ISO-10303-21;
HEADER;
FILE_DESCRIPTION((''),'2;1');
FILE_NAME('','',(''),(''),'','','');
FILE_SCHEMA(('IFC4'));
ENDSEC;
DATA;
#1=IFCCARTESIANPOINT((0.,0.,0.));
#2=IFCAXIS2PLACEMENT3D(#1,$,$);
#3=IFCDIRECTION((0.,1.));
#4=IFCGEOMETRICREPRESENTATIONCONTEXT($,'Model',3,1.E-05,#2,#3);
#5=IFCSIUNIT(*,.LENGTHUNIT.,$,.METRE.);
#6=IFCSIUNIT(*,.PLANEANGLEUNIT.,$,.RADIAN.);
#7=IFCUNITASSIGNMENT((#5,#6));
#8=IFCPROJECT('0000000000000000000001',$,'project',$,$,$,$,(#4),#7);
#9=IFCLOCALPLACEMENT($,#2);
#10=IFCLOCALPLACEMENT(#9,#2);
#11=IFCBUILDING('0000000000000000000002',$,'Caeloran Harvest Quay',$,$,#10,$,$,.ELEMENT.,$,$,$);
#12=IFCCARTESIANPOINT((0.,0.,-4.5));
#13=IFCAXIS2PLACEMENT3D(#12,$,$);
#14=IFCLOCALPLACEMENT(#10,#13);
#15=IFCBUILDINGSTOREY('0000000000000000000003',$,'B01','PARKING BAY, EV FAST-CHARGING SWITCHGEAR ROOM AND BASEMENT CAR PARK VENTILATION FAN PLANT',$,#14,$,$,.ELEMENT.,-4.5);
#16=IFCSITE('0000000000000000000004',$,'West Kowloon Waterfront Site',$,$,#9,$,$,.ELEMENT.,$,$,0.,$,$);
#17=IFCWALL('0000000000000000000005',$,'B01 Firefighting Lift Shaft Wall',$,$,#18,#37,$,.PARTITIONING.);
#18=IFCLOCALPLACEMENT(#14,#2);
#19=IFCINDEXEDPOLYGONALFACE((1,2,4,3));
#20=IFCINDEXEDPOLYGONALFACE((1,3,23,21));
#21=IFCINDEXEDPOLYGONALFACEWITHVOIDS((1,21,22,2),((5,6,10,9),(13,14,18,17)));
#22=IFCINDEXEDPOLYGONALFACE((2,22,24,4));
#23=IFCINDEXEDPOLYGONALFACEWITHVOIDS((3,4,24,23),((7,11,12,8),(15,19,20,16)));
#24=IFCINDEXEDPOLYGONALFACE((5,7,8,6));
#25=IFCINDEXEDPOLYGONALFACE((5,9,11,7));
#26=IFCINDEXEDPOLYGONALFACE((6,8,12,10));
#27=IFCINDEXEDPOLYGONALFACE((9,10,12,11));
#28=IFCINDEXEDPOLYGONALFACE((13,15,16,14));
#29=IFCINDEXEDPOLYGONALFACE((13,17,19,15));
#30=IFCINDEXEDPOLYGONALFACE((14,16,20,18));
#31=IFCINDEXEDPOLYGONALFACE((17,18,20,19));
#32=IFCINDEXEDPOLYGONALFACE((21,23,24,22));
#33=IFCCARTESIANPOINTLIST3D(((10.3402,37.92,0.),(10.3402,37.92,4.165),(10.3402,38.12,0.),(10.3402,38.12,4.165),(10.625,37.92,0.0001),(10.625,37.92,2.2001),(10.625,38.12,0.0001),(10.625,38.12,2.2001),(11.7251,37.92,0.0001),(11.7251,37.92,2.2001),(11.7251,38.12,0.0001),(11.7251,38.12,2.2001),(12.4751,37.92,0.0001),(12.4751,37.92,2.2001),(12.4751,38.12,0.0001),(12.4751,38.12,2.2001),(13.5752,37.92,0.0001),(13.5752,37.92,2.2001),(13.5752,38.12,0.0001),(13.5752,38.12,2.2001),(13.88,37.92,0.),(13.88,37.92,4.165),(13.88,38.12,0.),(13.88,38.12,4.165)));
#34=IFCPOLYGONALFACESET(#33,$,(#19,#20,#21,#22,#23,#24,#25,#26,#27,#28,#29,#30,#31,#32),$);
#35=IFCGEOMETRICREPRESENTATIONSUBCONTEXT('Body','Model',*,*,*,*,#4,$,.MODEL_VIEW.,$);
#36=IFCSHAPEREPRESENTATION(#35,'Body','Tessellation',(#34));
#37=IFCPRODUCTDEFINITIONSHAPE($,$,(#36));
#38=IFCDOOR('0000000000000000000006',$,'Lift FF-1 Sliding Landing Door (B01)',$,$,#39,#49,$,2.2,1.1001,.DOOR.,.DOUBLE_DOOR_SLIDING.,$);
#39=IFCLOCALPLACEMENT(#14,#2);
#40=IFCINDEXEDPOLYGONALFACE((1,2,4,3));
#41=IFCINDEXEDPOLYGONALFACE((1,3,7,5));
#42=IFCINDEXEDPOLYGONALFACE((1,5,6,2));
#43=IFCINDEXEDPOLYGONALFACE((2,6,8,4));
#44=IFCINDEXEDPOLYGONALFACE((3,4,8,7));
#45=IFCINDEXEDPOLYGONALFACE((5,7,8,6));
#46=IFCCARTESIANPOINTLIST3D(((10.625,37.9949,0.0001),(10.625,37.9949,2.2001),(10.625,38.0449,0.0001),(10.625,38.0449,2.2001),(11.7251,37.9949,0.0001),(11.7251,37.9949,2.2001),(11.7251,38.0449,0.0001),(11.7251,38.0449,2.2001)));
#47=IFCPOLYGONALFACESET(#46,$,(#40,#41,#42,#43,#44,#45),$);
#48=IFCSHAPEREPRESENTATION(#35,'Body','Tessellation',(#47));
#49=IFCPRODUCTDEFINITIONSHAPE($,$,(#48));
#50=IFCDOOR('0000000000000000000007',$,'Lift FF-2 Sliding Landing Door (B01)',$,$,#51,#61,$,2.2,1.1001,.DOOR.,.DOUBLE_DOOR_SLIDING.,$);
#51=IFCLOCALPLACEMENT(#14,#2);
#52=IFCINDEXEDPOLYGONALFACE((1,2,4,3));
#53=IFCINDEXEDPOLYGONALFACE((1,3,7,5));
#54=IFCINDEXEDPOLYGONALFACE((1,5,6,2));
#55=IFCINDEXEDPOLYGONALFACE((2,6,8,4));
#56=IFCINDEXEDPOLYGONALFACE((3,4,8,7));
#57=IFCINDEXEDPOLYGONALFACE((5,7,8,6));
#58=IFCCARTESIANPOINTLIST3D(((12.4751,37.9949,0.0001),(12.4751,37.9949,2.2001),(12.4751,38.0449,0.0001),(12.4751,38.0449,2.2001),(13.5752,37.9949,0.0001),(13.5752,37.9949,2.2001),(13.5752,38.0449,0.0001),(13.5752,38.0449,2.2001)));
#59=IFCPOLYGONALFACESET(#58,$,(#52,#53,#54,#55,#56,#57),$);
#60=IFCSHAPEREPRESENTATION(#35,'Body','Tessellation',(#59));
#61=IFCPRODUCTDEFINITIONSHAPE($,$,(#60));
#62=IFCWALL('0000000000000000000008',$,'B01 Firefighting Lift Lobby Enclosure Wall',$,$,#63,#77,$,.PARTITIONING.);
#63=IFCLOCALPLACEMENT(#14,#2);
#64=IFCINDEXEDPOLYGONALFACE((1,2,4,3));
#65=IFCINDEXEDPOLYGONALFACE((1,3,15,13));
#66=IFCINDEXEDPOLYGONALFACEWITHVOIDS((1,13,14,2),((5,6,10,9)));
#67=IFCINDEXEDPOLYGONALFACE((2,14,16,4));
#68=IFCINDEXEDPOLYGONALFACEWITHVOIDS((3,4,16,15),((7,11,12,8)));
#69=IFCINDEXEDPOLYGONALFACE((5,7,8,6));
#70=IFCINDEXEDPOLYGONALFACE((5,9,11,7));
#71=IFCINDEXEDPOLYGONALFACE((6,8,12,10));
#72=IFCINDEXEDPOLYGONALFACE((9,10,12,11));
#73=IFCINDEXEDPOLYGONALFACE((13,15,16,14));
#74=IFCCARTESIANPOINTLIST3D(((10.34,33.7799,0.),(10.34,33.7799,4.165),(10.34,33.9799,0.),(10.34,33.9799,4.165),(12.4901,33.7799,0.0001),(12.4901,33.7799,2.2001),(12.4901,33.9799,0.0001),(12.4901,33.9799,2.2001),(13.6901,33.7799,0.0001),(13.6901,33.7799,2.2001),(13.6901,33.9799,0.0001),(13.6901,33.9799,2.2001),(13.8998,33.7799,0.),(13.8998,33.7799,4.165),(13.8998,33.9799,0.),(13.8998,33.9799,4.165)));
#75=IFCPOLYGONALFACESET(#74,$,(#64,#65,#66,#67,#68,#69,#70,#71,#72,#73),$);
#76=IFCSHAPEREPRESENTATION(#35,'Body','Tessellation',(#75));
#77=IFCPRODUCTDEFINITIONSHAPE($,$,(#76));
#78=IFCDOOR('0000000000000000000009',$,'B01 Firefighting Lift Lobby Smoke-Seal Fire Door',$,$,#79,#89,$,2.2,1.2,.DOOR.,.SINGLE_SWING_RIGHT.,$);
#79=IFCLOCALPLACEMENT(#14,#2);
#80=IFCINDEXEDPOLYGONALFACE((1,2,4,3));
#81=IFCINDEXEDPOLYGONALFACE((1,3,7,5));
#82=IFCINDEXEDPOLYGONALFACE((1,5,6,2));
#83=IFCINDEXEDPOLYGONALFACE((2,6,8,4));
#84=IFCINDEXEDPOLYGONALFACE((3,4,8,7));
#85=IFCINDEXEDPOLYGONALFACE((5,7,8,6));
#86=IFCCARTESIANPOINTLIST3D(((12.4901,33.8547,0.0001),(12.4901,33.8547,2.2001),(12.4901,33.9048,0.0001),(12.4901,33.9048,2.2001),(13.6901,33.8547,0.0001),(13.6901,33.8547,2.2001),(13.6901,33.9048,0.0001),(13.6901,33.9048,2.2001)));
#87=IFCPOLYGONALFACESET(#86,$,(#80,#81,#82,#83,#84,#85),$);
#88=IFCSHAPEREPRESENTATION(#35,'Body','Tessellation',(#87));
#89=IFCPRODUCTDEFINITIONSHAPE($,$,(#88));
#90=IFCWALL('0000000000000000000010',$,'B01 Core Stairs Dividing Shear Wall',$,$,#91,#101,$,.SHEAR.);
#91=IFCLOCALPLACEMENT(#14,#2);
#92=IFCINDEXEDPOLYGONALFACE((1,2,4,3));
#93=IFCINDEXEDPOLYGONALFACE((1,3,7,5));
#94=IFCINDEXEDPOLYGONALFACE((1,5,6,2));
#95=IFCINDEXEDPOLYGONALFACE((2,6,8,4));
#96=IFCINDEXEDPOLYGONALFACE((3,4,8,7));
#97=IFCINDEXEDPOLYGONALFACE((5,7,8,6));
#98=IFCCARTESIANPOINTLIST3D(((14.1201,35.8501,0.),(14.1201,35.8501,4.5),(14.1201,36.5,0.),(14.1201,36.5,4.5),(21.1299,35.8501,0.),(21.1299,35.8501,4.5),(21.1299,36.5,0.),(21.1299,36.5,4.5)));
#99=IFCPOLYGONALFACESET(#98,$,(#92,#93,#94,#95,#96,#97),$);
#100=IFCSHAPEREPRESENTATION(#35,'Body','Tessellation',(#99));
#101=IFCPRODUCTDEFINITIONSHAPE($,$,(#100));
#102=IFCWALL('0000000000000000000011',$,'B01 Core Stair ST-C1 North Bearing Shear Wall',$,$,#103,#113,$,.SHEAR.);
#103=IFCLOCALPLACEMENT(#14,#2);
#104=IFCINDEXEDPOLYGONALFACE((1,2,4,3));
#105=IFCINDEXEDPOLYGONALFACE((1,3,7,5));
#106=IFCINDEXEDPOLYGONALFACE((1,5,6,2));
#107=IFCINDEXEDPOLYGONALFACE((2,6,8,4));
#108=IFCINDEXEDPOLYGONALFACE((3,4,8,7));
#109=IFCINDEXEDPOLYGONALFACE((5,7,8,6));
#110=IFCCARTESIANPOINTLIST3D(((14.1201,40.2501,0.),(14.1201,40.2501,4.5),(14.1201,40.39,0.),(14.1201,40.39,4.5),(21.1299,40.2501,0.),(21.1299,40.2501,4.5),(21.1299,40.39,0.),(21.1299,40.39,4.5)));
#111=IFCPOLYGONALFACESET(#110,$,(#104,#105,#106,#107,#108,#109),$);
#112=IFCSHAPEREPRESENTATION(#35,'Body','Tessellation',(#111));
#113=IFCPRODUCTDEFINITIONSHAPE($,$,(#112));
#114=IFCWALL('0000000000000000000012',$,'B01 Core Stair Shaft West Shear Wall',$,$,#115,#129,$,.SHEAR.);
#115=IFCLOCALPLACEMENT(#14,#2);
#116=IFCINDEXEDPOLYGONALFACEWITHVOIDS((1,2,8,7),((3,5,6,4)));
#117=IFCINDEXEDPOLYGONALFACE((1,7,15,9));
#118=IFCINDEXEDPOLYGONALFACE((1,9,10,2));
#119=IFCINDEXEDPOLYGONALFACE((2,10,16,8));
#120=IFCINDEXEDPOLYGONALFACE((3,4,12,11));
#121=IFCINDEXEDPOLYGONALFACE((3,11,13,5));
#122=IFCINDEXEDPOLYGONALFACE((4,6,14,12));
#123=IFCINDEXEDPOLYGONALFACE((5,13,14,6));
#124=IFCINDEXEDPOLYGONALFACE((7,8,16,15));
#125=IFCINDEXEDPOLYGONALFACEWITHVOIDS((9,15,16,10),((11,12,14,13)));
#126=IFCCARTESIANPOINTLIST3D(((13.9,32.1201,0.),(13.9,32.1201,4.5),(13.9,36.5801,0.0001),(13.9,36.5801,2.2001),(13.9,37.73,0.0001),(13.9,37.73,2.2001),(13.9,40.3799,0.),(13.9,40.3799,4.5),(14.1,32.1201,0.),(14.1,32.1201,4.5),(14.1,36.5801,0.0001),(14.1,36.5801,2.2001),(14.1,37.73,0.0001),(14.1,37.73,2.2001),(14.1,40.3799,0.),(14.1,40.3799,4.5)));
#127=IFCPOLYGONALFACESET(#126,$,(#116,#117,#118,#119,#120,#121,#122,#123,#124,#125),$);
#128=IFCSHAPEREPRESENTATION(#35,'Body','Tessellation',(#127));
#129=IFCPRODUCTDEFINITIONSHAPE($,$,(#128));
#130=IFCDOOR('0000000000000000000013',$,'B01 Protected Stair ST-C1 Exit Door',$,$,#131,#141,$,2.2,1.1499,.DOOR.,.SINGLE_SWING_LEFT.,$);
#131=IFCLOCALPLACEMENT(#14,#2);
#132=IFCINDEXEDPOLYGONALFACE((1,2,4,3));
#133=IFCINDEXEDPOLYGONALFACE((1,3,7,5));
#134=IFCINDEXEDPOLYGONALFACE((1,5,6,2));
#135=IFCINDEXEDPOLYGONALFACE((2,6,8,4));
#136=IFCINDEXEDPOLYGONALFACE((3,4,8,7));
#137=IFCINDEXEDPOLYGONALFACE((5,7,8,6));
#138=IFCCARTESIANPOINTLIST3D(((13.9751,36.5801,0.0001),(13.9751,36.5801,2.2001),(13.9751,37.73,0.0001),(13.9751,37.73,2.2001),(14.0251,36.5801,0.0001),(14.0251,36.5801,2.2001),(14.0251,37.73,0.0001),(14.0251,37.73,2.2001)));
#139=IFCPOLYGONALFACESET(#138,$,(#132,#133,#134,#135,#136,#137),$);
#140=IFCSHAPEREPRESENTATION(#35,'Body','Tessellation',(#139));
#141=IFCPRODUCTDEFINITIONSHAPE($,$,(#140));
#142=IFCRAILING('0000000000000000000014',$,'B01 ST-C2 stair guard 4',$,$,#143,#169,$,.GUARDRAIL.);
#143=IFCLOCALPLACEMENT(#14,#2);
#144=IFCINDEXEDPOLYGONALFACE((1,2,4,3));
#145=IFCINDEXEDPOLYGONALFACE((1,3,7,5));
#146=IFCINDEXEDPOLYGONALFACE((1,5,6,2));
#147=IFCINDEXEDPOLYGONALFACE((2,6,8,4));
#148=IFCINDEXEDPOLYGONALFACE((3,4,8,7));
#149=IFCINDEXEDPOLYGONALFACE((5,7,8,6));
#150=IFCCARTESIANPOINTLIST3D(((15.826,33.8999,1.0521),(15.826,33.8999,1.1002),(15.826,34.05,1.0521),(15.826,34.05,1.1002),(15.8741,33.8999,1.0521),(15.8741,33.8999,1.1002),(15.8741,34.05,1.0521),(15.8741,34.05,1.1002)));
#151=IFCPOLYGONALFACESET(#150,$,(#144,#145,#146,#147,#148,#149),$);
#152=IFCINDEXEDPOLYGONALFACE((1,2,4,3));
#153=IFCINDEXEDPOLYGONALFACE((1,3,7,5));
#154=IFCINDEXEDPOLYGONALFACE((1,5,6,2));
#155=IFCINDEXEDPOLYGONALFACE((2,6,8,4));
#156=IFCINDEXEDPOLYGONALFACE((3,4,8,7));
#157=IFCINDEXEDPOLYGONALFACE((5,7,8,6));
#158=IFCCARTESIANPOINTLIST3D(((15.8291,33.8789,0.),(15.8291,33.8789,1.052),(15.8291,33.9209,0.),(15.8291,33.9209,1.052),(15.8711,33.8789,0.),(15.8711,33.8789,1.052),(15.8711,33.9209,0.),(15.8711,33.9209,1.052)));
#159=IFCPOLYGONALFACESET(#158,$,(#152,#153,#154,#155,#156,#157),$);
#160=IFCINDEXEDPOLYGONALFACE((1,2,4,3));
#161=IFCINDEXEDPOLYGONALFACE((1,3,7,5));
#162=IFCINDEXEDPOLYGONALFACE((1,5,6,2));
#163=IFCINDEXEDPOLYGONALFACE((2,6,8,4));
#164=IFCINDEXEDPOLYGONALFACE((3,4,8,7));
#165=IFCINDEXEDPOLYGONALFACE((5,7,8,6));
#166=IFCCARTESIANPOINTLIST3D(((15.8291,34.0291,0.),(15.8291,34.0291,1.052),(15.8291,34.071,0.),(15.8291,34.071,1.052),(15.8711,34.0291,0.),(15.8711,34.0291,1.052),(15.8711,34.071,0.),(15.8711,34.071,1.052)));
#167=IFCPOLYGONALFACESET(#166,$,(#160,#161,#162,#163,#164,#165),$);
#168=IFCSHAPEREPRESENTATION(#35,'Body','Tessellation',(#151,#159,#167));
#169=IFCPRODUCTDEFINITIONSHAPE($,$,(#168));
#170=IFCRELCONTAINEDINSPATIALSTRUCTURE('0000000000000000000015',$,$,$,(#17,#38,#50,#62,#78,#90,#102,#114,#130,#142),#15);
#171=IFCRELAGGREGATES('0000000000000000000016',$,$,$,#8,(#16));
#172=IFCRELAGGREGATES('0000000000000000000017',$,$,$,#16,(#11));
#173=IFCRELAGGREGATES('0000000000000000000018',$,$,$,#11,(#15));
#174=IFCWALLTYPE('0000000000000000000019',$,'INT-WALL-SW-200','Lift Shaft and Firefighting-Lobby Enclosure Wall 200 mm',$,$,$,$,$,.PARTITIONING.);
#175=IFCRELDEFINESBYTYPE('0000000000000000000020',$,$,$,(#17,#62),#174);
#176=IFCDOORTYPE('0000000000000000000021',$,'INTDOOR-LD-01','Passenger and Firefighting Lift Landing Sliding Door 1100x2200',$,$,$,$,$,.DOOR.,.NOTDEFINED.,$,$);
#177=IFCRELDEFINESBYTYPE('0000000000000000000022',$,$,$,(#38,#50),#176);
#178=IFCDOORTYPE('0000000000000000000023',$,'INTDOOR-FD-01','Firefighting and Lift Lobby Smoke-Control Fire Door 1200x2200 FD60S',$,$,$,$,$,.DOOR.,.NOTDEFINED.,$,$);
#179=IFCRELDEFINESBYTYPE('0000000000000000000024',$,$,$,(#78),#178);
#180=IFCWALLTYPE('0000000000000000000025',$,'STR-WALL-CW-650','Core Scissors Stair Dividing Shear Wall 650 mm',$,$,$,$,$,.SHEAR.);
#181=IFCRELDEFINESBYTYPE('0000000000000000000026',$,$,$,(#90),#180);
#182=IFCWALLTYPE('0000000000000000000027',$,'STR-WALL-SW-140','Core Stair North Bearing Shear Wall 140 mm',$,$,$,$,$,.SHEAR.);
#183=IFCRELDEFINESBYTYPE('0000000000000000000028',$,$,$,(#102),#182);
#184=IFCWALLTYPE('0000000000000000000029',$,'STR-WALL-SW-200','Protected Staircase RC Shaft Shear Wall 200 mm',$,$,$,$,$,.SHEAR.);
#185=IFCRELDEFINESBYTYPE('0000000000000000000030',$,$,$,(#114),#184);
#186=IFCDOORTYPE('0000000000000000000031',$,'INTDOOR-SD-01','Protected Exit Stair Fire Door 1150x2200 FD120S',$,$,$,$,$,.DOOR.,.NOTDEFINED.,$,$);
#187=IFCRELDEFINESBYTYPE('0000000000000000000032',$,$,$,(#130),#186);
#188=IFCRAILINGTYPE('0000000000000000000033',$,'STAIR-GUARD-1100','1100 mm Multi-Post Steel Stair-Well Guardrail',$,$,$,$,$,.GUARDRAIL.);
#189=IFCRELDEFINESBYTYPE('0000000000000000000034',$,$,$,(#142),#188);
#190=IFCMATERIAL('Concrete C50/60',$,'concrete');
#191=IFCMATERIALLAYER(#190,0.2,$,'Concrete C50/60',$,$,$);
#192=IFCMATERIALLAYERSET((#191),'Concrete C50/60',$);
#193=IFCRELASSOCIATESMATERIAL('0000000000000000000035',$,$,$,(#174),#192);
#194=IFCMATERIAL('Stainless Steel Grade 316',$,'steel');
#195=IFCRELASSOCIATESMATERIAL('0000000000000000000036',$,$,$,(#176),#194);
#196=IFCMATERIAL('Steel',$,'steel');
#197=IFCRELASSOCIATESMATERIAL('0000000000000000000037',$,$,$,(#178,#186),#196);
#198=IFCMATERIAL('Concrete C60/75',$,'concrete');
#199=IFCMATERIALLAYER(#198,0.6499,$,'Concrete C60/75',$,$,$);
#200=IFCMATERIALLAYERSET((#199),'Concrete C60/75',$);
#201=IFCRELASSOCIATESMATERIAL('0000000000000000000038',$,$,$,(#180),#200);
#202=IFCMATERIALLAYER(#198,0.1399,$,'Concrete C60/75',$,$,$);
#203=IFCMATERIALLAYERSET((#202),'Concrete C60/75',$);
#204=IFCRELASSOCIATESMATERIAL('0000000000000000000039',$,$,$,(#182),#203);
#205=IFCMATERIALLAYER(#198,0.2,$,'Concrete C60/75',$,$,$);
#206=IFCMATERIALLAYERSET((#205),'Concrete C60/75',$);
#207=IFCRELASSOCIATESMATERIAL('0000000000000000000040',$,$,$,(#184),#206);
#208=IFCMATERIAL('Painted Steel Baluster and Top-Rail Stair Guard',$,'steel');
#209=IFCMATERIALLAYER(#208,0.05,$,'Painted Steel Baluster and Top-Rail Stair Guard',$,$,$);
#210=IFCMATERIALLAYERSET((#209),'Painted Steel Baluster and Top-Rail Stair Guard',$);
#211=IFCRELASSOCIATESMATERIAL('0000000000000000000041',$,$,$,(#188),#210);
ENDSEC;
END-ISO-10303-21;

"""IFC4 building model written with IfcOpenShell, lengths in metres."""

from ifc_helpers import new_model, si_unit, direction, frame, frame_2d, origin, origin_2d, place, context, subcontext, project, spatial, rectangle, extrude, material, layer, layer_set, type_object, element, fill, save


model = new_model("IFC4")

# Units and contexts
model_context = context("Model", 3, precision=1e-05, world=origin(), true_north=direction((0.0, 1.0)))
body_context = subcontext(model_context, "Body", "Model", "MODEL_VIEW")
ifc_project = project(units=[si_unit("LENGTHUNIT", "METRE"), si_unit("PLANEANGLEUNIT", "RADIAN")], contexts=[model_context])

# Site, building, storey
site_placement = place(None, origin())
site = spatial("IfcSite", under=ifc_project, at=site_placement, Name="West Kowloon Waterfront Site", CompositionType="ELEMENT", RefElevation=0.0)
building_placement = place(site_placement, origin())
building = spatial("IfcBuilding", under=site, at=building_placement, Name="Caeloran Harvest Quay", CompositionType="ELEMENT")
storey_placement = place(building_placement, frame((0.0, 0.0, -4.5)))
storey = spatial("IfcBuildingStorey", under=building, at=storey_placement, Name="B01", Description="PARKING BAY, EV FAST-CHARGING SWITCHGEAR ROOM AND BASEMENT CAR PARK VENTILATION FAN PLANT", CompositionType="ELEMENT", Elevation=-4.5)

# Shared definitions
ifc_material_1 = material(Name="Concrete C50/60", Category="concrete")
ifc_layer_1 = layer(ifc_material_1, 0.2, Name="Concrete C50/60")
ifc_layer_set_1 = layer_set([ifc_layer_1], Name="Concrete C50/60")
wall_type_1 = type_object("IfcWallType", Name="INT-WALL-SW-200", Description="Lift Shaft and Firefighting-Lobby Enclosure Wall 200 mm", PredefinedType="PARTITIONING", material=ifc_layer_set_1)

# Wall, openings, doors
wall_1_placement = place(storey_placement, frame((10.3401, 38.02, 0.0), z_axis=(0.0, 0.0, 1.0), x_axis=(1.0, 0.0, 0.0)))
wall_1 = element("IfcWall", 1, at=wall_1_placement, inside=storey, type_object=wall_type_1, Name="B01 Firefighting Lift Shaft Wall", PredefinedType="PARTITIONING", context=body_context, shape_type="SweptSolid", body=[
    extrude(rectangle(XDim=3.5398, YDim=0.2, at=frame_2d((1.77, 0.0))), origin(), (0.0, 0.0, 1.0), 4.165),
])
opening_1_placement = place(wall_1_placement, frame((0.2849, 0.0, 0.0)))
opening_1 = element("IfcOpeningElement", 2, at=opening_1_placement, cuts=wall_1, PredefinedType="OPENING", context=body_context, shape_type="SweptSolid", body=[
    extrude(rectangle(XDim=1.1001, YDim=2.2, at=frame_2d((0.55, 1.1001))), frame((0.0, 0.1099, 0.0), z_axis=(0.0, -1.0, 0.0), x_axis=(1.0, 0.0, 0.0)), (0.0, 0.0, 1.0), 0.22),
])
opening_2_placement = place(wall_1_placement, frame((2.135, 0.0, 0.0)))
opening_2 = element("IfcOpeningElement", 3, at=opening_2_placement, cuts=wall_1, PredefinedType="OPENING", context=body_context, shape_type="SweptSolid", body=[
    extrude(rectangle(XDim=1.1001, YDim=2.2, at=frame_2d((0.55, 1.1001))), frame((0.0, 0.1099, 0.0), z_axis=(0.0, -1.0, 0.0), x_axis=(1.0, 0.0, 0.0)), (0.0, 0.0, 1.0), 0.22),
])
ifc_material_2 = material(Name="Stainless Steel Grade 316", Category="steel")
door_type_1 = type_object("IfcDoorType", Name="INTDOOR-LD-01", Description="Passenger and Firefighting Lift Landing Sliding Door 1100x2200", OperationType="NOTDEFINED", PredefinedType="DOOR", material=ifc_material_2)
door_1_placement = place(opening_1_placement, origin())
door_1 = element("IfcDoor", 4, at=door_1_placement, inside=storey, type_object=door_type_1, Name="Lift FF-1 Sliding Landing Door (B01)", OperationType="DOUBLE_DOOR_SLIDING", OverallHeight=2.2, OverallWidth=1.1001, PredefinedType="DOOR", context=body_context, shape_type="SweptSolid", body=[
    extrude(rectangle(XDim=1.1001, YDim=2.2, at=frame_2d((0.55, 1.1001))), frame((0.0, 0.0249, 0.0), z_axis=(0.0, -1.0, 0.0), x_axis=(1.0, 0.0, 0.0)), (0.0, 0.0, 1.0), 0.05),
])
fill(opening_1, door_1)
door_2_placement = place(opening_2_placement, origin())
door_2 = element("IfcDoor", 5, at=door_2_placement, inside=storey, type_object=door_type_1, Name="Lift FF-2 Sliding Landing Door (B01)", OperationType="DOUBLE_DOOR_SLIDING", OverallHeight=2.2, OverallWidth=1.1001, PredefinedType="DOOR", context=body_context, shape_type="SweptSolid", body=[
    extrude(rectangle(XDim=1.1001, YDim=2.2, at=frame_2d((0.55, 1.1001))), frame((0.0, 0.0249, 0.0), z_axis=(0.0, -1.0, 0.0), x_axis=(1.0, 0.0, 0.0)), (0.0, 0.0, 1.0), 0.05),
])
fill(opening_2, door_2)

# Wall, opening, door
wall_2_placement = place(storey_placement, frame((10.3401, 33.8799, 0.0), z_axis=(0.0, 0.0, 1.0), x_axis=(1.0, 0.0, 0.0)))
wall_2 = element("IfcWall", 6, at=wall_2_placement, inside=storey, type_object=wall_type_1, Name="B01 Firefighting Lift Lobby Enclosure Wall", PredefinedType="PARTITIONING", context=body_context, shape_type="SweptSolid", body=[
    extrude(rectangle(XDim=3.5598, YDim=0.2, at=frame_2d((1.7798, 0.0))), origin(), (0.0, 0.0, 1.0), 4.165),
])
opening_3_placement = place(wall_2_placement, frame((2.1499, 0.0, 0.0)))
opening_3 = element("IfcOpeningElement", 7, at=opening_3_placement, cuts=wall_2, PredefinedType="OPENING", context=body_context, shape_type="SweptSolid", body=[
    extrude(rectangle(XDim=1.2, YDim=2.2, at=frame_2d((0.6001, 1.1001))), frame((0.0, 0.1099, 0.0), z_axis=(0.0, -1.0, 0.0), x_axis=(1.0, 0.0, 0.0)), (0.0, 0.0, 1.0), 0.22),
])
ifc_material_3 = material(Name="Steel", Category="steel")
door_type_2 = type_object("IfcDoorType", Name="INTDOOR-FD-01", Description="Firefighting and Lift Lobby Smoke-Control Fire Door 1200x2200 FD60S", OperationType="NOTDEFINED", PredefinedType="DOOR", material=ifc_material_3)
door_3_placement = place(opening_3_placement, origin())
door_3 = element("IfcDoor", 8, at=door_3_placement, inside=storey, type_object=door_type_2, Name="B01 Firefighting Lift Lobby Smoke-Seal Fire Door", OperationType="SINGLE_SWING_RIGHT", OverallHeight=2.2, OverallWidth=1.2, PredefinedType="DOOR", context=body_context, shape_type="SweptSolid", body=[
    extrude(rectangle(XDim=1.2, YDim=2.2, at=frame_2d((0.6001, 1.1001))), frame((0.0, 0.0249, 0.0), z_axis=(0.0, -1.0, 0.0), x_axis=(1.0, 0.0, 0.0)), (0.0, 0.0, 1.0), 0.05),
])
fill(opening_3, door_3)

# Walls
ifc_material_4 = material(Name="Concrete C60/75", Category="concrete")
ifc_layer_2 = layer(ifc_material_4, 0.6499, Name="Concrete C60/75")
ifc_layer_set_2 = layer_set([ifc_layer_2], Name="Concrete C60/75")
wall_type_2 = type_object("IfcWallType", Name="STR-WALL-CW-650", Description="Core Scissors Stair Dividing Shear Wall 650 mm", PredefinedType="SHEAR", material=ifc_layer_set_2)
wall_3_placement = place(storey_placement, frame((14.1201, 36.175, 0.0), z_axis=(0.0, 0.0, 1.0), x_axis=(1.0, 0.0, 0.0)))
element("IfcWall", 9, at=wall_3_placement, inside=storey, type_object=wall_type_2, Name="B01 Core Stairs Dividing Shear Wall", PredefinedType="SHEAR", context=body_context, shape_type="SweptSolid", body=[
    extrude(rectangle(XDim=7.0098, YDim=0.6499, at=frame_2d((3.5049, 0.0))), origin(), (0.0, 0.0, 1.0), 4.5),
])
ifc_layer_3 = layer(ifc_material_4, 0.1399, Name="Concrete C60/75")
ifc_layer_set_3 = layer_set([ifc_layer_3], Name="Concrete C60/75")
wall_type_3 = type_object("IfcWallType", Name="STR-WALL-SW-140", Description="Core Stair North Bearing Shear Wall 140 mm", PredefinedType="SHEAR", material=ifc_layer_set_3)
wall_4_placement = place(storey_placement, frame((14.1201, 40.3201, 0.0), z_axis=(0.0, 0.0, 1.0), x_axis=(1.0, 0.0, 0.0)))
element("IfcWall", 10, at=wall_4_placement, inside=storey, type_object=wall_type_3, Name="B01 Core Stair ST-C1 North Bearing Shear Wall", PredefinedType="SHEAR", context=body_context, shape_type="SweptSolid", body=[
    extrude(rectangle(XDim=7.0098, YDim=0.1399, at=frame_2d((3.5049, 0.0))), origin(), (0.0, 0.0, 1.0), 4.5),
])

# Wall, opening, door
ifc_layer_4 = layer(ifc_material_4, 0.2, Name="Concrete C60/75")
ifc_layer_set_4 = layer_set([ifc_layer_4], Name="Concrete C60/75")
wall_type_4 = type_object("IfcWallType", Name="STR-WALL-SW-200", Description="Protected Staircase RC Shaft Shear Wall 200 mm", PredefinedType="SHEAR", material=ifc_layer_set_4)
wall_5_placement = place(storey_placement, frame((14.0, 32.1201, 0.0), z_axis=(0.0, 0.0, 1.0), x_axis=(0.0, 1.0, 0.0)))
wall_5 = element("IfcWall", 11, at=wall_5_placement, inside=storey, type_object=wall_type_4, Name="B01 Core Stair Shaft West Shear Wall", PredefinedType="SHEAR", context=body_context, shape_type="SweptSolid", body=[
    extrude(rectangle(XDim=8.2598, YDim=0.2, at=frame_2d((4.1299, 0.0))), origin(), (0.0, 0.0, 1.0), 4.5),
])
opening_4_placement = place(wall_5_placement, frame((4.46, 0.0, 0.0)))
opening_4 = element("IfcOpeningElement", 12, at=opening_4_placement, cuts=wall_5, PredefinedType="OPENING", context=body_context, shape_type="SweptSolid", body=[
    extrude(rectangle(XDim=1.1499, YDim=2.2, at=frame_2d((0.575, 1.1001))), frame((0.0, 0.1099, 0.0), z_axis=(0.0, -1.0, 0.0), x_axis=(1.0, 0.0, 0.0)), (0.0, 0.0, 1.0), 0.22),
])
door_type_3 = type_object("IfcDoorType", Name="INTDOOR-SD-01", Description="Protected Exit Stair Fire Door 1150x2200 FD120S", OperationType="NOTDEFINED", PredefinedType="DOOR", material=ifc_material_3)
door_4_placement = place(opening_4_placement, origin())
door_4 = element("IfcDoor", 13, at=door_4_placement, inside=storey, type_object=door_type_3, Name="B01 Protected Stair ST-C1 Exit Door", OperationType="SINGLE_SWING_LEFT", OverallHeight=2.2, OverallWidth=1.1499, PredefinedType="DOOR", context=body_context, shape_type="SweptSolid", body=[
    extrude(rectangle(XDim=1.1499, YDim=2.2, at=frame_2d((0.575, 1.1001))), frame((0.0, 0.0249, 0.0), z_axis=(0.0, -1.0, 0.0), x_axis=(1.0, 0.0, 0.0)), (0.0, 0.0, 1.0), 0.05),
])
fill(opening_4, door_4)

# Railing
ifc_material_5 = material(Name="Painted Steel Baluster and Top-Rail Stair Guard", Category="steel")
ifc_layer_5 = layer(ifc_material_5, 0.05, Name="Painted Steel Baluster and Top-Rail Stair Guard")
ifc_layer_set_5 = layer_set([ifc_layer_5], Name="Painted Steel Baluster and Top-Rail Stair Guard")
railing_type = type_object("IfcRailingType", Name="STAIR-GUARD-1100", Description="1100 mm Multi-Post Steel Stair-Well Guardrail", PredefinedType="GUARDRAIL", material=ifc_layer_set_5)
railing_placement = place(storey_placement, frame((15.8501, 33.8999, 0.0)))
element("IfcRailing", 14, at=railing_placement, inside=storey, type_object=railing_type, Name="B01 ST-C2 stair guard 4", PredefinedType="GUARDRAIL", context=body_context, shape_type="SweptSolid", body=[
    extrude(rectangle(XDim=0.0481, YDim=0.0481, at=origin_2d()), frame((0.0, 0.0, 1.0762), z_axis=(0.0, 1.0, 0.0), x_axis=(-1.0, 0.0, 0.0)), (0.0, 0.0, 1.0), 0.1501),
    extrude(rectangle(XDim=0.042, YDim=0.042, at=origin_2d()), origin(), (0.0, 0.0, 1.0), 1.052),
    extrude(rectangle(XDim=0.042, YDim=0.042, at=origin_2d()), frame((0.0, 0.1501, 0.0)), (0.0, 0.0, 1.0), 1.052),
])

save(model, "model.ifc")
